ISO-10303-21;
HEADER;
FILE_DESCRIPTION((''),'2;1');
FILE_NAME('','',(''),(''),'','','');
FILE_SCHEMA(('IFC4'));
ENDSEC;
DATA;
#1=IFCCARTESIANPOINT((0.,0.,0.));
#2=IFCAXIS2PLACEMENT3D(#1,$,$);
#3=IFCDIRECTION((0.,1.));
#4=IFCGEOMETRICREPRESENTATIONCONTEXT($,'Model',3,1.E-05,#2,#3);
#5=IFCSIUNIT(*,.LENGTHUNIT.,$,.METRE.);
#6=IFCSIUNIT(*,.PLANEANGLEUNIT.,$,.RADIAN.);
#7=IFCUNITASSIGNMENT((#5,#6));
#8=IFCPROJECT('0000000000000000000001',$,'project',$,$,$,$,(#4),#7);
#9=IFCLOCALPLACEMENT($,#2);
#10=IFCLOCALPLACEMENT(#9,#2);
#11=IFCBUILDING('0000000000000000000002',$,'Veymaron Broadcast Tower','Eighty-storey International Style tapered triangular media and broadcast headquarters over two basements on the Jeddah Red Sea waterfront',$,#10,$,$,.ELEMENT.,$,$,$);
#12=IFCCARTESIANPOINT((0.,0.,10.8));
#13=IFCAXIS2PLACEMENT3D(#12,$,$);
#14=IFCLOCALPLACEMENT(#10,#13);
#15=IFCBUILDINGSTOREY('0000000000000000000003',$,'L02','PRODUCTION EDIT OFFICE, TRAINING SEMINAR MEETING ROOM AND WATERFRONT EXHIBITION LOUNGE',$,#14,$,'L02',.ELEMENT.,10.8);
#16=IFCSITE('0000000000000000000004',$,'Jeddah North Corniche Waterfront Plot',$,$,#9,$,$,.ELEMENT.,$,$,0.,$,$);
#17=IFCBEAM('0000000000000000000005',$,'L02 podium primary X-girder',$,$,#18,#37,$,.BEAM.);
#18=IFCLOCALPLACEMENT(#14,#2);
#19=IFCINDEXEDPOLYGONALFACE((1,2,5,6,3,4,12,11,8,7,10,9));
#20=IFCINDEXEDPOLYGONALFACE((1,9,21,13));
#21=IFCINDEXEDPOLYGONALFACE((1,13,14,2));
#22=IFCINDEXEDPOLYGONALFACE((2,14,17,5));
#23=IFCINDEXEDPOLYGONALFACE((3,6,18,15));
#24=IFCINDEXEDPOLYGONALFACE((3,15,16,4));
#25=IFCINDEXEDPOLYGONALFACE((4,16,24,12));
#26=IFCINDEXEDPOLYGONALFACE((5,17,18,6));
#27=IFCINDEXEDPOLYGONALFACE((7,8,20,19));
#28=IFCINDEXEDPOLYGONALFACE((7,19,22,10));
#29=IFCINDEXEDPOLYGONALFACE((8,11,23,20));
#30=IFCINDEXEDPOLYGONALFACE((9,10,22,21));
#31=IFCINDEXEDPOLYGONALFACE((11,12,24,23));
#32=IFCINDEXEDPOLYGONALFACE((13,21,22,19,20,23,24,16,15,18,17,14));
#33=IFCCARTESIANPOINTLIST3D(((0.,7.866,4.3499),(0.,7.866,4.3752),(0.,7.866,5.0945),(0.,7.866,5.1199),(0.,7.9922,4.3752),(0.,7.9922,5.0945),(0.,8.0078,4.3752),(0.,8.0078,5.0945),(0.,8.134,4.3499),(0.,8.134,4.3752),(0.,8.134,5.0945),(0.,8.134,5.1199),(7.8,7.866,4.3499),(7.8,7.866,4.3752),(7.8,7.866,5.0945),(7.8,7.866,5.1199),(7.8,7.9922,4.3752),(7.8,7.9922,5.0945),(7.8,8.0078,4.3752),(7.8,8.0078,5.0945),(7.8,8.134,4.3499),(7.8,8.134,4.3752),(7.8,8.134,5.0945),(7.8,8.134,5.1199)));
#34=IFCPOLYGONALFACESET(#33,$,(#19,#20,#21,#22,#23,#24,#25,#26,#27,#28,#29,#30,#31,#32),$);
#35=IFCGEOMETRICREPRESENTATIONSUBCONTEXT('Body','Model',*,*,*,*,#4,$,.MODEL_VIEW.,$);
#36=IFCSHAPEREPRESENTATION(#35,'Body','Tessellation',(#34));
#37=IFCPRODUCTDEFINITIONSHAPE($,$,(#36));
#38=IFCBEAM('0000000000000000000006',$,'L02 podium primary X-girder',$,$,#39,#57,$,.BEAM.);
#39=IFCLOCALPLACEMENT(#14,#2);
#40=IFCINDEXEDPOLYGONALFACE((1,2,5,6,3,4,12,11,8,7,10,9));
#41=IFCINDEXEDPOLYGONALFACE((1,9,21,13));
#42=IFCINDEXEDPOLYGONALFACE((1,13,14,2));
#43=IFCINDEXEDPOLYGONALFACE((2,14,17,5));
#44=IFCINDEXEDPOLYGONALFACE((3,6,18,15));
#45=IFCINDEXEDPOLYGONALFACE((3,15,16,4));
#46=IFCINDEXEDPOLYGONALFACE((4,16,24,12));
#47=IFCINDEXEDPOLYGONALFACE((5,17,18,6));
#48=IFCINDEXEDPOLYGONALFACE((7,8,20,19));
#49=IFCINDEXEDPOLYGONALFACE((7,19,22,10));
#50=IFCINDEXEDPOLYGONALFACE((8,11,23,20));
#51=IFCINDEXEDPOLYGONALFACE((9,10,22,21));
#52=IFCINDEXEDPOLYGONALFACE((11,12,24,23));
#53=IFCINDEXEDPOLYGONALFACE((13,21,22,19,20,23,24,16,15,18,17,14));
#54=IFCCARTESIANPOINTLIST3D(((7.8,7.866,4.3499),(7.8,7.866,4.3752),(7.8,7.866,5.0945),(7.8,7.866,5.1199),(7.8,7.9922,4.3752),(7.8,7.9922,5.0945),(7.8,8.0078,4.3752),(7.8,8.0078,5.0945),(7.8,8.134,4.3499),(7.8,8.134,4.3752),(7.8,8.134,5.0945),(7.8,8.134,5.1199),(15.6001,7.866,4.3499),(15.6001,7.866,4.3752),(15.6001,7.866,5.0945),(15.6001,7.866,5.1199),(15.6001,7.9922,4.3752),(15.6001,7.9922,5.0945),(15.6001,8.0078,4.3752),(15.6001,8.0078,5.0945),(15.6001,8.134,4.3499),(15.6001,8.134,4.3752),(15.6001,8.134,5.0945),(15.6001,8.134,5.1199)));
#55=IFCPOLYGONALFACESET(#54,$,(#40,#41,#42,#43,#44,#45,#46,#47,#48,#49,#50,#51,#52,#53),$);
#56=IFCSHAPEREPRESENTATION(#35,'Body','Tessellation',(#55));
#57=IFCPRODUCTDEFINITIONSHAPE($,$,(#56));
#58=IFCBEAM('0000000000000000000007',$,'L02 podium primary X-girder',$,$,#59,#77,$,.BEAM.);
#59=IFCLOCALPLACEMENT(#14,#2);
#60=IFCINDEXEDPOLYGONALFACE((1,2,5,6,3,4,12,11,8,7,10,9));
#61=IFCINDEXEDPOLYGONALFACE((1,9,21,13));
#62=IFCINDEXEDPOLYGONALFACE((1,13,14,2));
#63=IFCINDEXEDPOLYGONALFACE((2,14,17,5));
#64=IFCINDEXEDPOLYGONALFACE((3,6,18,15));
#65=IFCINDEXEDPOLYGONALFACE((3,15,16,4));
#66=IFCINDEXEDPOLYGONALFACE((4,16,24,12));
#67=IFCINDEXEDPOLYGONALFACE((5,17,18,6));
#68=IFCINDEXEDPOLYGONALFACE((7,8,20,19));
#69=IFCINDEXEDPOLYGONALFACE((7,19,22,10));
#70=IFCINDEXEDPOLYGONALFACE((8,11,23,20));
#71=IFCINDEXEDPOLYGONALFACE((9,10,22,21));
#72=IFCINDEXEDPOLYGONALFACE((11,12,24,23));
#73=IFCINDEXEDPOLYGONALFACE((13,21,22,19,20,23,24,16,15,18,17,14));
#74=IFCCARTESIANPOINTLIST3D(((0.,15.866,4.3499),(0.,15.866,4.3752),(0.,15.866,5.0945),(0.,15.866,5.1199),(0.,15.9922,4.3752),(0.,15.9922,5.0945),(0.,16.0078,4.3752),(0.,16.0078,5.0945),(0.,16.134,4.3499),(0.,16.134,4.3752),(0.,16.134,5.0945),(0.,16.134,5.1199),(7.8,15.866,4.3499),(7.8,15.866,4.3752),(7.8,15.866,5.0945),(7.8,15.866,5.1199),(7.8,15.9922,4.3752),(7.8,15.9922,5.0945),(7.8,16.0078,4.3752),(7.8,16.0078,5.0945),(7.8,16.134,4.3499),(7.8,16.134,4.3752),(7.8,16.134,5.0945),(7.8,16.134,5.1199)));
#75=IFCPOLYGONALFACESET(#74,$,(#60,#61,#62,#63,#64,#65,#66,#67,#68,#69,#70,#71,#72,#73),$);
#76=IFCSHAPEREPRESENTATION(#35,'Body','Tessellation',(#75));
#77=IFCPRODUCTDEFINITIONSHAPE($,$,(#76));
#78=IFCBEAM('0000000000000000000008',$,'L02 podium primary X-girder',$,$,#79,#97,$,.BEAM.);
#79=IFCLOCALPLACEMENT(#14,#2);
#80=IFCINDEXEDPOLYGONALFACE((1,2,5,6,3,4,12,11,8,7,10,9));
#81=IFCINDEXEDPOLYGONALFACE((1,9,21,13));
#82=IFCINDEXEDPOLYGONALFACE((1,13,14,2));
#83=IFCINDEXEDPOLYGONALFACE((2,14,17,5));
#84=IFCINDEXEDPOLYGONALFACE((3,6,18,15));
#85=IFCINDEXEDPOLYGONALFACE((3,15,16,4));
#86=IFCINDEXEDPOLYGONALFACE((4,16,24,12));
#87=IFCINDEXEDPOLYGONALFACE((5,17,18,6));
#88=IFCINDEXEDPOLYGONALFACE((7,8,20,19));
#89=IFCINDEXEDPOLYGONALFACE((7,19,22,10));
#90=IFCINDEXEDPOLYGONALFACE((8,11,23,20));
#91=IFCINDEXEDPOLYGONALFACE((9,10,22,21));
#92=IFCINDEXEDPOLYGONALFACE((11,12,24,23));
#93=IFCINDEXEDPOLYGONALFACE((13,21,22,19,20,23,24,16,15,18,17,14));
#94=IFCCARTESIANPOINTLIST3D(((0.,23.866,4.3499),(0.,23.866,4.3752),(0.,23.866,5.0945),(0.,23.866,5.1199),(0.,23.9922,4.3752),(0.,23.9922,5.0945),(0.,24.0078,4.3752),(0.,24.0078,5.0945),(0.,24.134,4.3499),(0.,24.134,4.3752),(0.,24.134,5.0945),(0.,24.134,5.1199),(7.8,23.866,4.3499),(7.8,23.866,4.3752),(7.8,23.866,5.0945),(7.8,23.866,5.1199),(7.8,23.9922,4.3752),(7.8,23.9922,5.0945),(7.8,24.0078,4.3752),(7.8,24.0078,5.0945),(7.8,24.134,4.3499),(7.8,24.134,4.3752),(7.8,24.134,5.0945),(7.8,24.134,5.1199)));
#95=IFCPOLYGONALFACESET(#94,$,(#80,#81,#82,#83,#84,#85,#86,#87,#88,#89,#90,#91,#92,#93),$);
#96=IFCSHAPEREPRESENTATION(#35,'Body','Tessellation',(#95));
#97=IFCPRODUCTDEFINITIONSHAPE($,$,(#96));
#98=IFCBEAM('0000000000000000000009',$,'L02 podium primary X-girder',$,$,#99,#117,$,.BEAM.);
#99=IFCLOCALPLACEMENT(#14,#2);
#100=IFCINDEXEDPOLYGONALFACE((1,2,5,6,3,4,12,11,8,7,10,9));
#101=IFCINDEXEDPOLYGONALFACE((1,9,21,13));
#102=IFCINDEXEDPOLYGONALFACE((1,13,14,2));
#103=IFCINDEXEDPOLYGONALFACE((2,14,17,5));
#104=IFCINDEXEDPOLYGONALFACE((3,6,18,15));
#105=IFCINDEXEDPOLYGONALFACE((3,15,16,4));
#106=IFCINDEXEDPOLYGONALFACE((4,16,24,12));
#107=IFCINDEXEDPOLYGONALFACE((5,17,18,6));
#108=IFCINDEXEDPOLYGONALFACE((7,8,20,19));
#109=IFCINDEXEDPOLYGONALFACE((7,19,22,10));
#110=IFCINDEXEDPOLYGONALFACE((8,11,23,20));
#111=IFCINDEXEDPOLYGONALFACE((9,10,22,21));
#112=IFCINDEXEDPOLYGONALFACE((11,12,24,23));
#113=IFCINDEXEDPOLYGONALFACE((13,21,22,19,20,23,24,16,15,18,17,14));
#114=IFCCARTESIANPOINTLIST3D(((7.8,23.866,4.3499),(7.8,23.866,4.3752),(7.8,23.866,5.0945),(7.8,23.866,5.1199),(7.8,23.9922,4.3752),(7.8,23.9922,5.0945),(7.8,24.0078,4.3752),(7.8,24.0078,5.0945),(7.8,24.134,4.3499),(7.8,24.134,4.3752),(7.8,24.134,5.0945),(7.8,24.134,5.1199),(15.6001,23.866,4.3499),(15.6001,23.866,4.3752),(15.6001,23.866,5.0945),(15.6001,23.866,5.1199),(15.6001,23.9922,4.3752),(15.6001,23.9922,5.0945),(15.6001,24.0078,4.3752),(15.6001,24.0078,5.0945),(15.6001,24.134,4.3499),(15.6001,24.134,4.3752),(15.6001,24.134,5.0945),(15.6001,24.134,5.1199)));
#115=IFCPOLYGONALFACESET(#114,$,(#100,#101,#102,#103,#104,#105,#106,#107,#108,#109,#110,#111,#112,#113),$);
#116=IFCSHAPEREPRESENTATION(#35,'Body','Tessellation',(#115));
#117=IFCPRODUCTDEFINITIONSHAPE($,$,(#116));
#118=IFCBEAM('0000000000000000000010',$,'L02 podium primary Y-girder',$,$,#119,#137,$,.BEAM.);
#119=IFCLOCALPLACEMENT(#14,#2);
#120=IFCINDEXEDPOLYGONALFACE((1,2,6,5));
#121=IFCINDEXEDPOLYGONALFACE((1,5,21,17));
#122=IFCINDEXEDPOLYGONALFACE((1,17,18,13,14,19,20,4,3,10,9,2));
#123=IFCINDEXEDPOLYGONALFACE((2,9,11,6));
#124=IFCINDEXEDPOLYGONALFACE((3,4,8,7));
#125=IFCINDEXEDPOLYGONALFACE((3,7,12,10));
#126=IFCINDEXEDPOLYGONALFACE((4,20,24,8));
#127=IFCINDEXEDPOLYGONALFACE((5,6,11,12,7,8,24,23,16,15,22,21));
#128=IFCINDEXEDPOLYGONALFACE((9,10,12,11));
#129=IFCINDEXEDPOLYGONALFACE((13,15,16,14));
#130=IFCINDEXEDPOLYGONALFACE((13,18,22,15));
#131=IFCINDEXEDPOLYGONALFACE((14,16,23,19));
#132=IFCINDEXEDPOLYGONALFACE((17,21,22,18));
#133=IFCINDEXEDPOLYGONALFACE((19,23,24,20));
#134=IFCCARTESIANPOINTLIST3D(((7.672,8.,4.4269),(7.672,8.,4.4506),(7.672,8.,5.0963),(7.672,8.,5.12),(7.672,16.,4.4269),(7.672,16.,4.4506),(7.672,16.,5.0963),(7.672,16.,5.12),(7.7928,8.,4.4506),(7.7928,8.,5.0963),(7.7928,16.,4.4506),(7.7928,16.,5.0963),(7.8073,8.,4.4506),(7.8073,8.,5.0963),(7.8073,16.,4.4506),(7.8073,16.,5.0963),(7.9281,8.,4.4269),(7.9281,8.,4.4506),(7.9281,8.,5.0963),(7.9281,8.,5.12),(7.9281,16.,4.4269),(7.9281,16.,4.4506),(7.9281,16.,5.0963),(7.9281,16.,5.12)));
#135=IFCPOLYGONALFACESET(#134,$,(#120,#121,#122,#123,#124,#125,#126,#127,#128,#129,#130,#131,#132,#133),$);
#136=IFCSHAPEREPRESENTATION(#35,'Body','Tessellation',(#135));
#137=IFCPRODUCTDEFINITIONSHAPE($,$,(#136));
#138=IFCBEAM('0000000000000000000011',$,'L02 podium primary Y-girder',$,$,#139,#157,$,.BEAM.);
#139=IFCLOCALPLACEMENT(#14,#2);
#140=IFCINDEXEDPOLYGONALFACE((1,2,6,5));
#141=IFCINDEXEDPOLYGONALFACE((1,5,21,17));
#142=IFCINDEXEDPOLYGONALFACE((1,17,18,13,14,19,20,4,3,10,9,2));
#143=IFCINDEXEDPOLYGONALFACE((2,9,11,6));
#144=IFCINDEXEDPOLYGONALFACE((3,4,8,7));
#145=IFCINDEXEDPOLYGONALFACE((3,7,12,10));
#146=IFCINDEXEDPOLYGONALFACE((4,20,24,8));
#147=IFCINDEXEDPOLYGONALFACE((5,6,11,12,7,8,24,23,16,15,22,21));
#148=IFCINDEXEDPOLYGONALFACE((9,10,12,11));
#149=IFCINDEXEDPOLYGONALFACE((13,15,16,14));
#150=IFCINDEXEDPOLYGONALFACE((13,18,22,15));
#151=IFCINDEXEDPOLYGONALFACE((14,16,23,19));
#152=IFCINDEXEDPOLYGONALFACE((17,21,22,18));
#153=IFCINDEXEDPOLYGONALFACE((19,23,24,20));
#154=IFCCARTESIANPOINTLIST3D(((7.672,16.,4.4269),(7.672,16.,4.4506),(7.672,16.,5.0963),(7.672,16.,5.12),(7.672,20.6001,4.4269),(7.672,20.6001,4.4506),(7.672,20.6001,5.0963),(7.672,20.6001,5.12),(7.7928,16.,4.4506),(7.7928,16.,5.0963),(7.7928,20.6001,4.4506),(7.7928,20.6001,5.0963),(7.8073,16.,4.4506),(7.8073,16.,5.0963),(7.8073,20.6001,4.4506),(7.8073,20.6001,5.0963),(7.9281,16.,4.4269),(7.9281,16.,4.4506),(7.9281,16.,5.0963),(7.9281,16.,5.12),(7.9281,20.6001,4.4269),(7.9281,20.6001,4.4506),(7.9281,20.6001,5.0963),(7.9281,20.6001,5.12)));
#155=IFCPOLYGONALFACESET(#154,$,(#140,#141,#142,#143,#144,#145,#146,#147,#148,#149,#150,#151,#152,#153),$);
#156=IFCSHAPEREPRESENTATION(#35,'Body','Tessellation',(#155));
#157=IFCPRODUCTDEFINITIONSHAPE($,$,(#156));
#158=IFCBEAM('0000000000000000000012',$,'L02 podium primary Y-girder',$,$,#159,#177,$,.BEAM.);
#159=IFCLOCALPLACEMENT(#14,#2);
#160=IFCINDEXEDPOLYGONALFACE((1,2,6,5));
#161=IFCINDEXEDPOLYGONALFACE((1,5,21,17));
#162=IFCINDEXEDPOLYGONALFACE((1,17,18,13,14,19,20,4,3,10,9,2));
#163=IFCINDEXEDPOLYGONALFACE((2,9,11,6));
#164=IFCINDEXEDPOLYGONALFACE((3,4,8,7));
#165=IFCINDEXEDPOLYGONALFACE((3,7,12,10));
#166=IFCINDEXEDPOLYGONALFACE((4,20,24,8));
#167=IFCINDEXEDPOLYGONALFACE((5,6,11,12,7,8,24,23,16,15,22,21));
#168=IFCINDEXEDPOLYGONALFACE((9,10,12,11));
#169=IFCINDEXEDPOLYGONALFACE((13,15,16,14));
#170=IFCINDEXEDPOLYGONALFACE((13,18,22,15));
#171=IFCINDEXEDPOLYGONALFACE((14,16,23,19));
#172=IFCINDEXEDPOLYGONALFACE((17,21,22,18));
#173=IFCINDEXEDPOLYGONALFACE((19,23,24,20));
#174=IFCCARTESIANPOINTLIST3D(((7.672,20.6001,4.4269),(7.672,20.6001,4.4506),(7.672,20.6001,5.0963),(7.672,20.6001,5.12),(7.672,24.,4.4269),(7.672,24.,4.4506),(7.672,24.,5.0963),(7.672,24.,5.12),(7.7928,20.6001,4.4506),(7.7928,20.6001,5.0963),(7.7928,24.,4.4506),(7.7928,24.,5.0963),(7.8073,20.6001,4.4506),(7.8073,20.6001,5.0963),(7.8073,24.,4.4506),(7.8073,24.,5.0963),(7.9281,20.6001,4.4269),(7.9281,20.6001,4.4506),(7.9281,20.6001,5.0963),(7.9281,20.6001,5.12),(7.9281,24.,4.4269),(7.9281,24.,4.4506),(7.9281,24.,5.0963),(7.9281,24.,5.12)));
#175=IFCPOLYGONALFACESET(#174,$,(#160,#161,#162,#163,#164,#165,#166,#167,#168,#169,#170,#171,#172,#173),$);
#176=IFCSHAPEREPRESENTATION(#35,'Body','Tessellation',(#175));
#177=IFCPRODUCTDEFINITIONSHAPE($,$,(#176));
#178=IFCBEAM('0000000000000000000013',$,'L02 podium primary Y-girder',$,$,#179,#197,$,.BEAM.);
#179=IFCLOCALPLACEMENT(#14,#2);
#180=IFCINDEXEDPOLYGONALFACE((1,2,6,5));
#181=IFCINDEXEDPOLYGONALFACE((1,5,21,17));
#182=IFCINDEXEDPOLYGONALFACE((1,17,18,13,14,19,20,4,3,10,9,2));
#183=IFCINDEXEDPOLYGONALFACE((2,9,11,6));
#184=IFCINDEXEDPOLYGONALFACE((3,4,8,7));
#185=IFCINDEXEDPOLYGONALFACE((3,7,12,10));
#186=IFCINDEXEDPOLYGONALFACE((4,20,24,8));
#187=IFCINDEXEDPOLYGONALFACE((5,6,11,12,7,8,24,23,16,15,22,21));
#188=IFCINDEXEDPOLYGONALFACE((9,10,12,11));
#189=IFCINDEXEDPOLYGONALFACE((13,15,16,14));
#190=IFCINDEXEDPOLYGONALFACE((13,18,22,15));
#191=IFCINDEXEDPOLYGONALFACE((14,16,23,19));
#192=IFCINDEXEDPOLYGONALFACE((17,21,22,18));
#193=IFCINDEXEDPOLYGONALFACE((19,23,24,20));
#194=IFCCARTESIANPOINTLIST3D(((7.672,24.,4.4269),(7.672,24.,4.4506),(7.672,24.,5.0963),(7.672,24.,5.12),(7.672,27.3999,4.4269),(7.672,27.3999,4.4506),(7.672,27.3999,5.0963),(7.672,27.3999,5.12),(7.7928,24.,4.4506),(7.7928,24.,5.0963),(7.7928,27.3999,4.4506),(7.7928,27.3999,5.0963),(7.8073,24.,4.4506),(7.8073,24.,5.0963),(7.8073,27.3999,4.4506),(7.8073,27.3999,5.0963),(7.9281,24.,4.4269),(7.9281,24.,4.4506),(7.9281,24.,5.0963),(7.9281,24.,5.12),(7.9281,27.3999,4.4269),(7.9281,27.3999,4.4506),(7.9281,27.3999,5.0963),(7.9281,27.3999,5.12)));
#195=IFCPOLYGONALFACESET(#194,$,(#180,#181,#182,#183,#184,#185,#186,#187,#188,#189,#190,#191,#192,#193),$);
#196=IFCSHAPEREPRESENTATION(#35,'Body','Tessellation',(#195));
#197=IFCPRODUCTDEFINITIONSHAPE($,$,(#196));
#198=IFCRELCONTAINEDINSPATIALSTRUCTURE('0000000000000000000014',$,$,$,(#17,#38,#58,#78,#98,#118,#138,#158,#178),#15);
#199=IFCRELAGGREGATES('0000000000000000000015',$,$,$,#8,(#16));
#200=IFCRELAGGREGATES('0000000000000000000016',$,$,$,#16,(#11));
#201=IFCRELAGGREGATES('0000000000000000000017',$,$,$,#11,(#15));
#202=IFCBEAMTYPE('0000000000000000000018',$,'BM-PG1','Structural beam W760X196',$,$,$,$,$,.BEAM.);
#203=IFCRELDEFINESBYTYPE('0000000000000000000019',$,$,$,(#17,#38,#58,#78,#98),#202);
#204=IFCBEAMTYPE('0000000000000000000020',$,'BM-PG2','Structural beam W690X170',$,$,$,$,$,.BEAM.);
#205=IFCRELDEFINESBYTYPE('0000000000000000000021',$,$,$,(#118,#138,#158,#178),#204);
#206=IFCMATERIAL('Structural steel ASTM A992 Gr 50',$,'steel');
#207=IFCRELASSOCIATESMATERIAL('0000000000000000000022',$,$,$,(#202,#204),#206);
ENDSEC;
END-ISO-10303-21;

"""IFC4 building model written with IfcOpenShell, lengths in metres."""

from ifc_helpers import new_model, si_unit, direction, frame, origin, origin_2d, place, context, subcontext, project, spatial, i_section, extrude, material, material_profile, profile_set, type_object, element, save


model = new_model("IFC4")

# Units and contexts
model_context = context("Model", 3, precision=1e-05, world=origin(), true_north=direction((0.0, 1.0)))
body_context = subcontext(model_context, "Body", "Model", "MODEL_VIEW")
ifc_project = project(units=[si_unit("LENGTHUNIT", "METRE"), si_unit("PLANEANGLEUNIT", "RADIAN")], contexts=[model_context])

# Site, building, storey
site_placement = place(None, origin())
site = spatial("IfcSite", under=ifc_project, at=site_placement, Name="Jeddah North Corniche Waterfront Plot", CompositionType="ELEMENT", RefElevation=0.0)
building_placement = place(site_placement, origin())
building = spatial("IfcBuilding", under=site, at=building_placement, Name="Veymaron Broadcast Tower", Description="Eighty-storey International Style tapered triangular media and broadcast headquarters over two basements on the Jeddah Red Sea waterfront", CompositionType="ELEMENT")
storey_placement = place(building_placement, frame((0.0, 0.0, 10.8)))
storey = spatial("IfcBuildingStorey", under=building, at=storey_placement, Name="L02", Description="PRODUCTION EDIT OFFICE, TRAINING SEMINAR MEETING ROOM AND WATERFRONT EXHIBITION LOUNGE", LongName="L02", CompositionType="ELEMENT", Elevation=10.8)

# Beams
ifc_material_1 = material(Name="Structural steel ASTM A992 Gr 50", Category="steel")
ifc_material_profile_1 = material_profile(ifc_material_1, i_section(OverallWidth=0.2681, OverallDepth=0.77, WebThickness=0.0156, FlangeThickness=0.0254, at=origin_2d()), Name="W760X196")
ifc_profile_set_1 = profile_set([ifc_material_profile_1], Name="Structural steel ASTM A992 Gr 50")
beam_type_1 = type_object("IfcBeamType", Name="BM-PG1", Description="Structural beam W760X196", PredefinedType="BEAM", material=ifc_profile_set_1)
for number, where, z_axis, x_axis, name in (
    (1, (0.0, 8.0, 4.7349), (1.0, 0.0, 0.0), (0.0, 1.0, 0.0), "L02 podium primary X-girder"),
    (2, (7.8, 8.0, 4.7349), (1.0, 0.0, 0.0), (0.0, 1.0, 0.0), "L02 podium primary X-girder"),
    (3, (0.0, 16.0, 4.7349), (1.0, 0.0, 0.0), (0.0, 1.0, 0.0), "L02 podium primary X-girder"),
    (4, (0.0, 24.0, 4.7349), (1.0, 0.0, 0.0), (0.0, 1.0, 0.0), "L02 podium primary X-girder"),
    (5, (7.8, 24.0, 4.7349), (1.0, 0.0, 0.0), (0.0, 1.0, 0.0), "L02 podium primary X-girder"),
):
    element("IfcBeam", number, at=place(storey_placement, frame(where, z_axis=z_axis, x_axis=x_axis)), inside=storey, type_object=beam_type_1, Name=name, PredefinedType="BEAM", context=body_context, shape_type="SweptSolid", body=[
        extrude(i_section(OverallWidth=0.2681, OverallDepth=0.77, WebThickness=0.0156, FlangeThickness=0.0254, at=origin_2d()), origin(), (0.0, 0.0, 1.0), 7.8),
    ])
ifc_material_profile_2 = material_profile(ifc_material_1, i_section(OverallWidth=0.2561, OverallDepth=0.6931, WebThickness=0.0144, FlangeThickness=0.0237, at=origin_2d()), Name="W690X170")
ifc_profile_set_2 = profile_set([ifc_material_profile_2], Name="Structural steel ASTM A992 Gr 50")
beam_type_2 = type_object("IfcBeamType", Name="BM-PG2", Description="Structural beam W690X170", PredefinedType="BEAM", material=ifc_profile_set_2)
beam_1_placement = place(storey_placement, frame((7.8, 8.0, 4.7734), z_axis=(0.0, 1.0, 0.0), x_axis=(-1.0, 0.0, 0.0)))
element("IfcBeam", 6, at=beam_1_placement, inside=storey, type_object=beam_type_2, Name="L02 podium primary Y-girder", PredefinedType="BEAM", context=body_context, shape_type="SweptSolid", body=[
    extrude(i_section(OverallWidth=0.2561, OverallDepth=0.6931, WebThickness=0.0144, FlangeThickness=0.0237, at=origin_2d()), origin(), (0.0, 0.0, 1.0), 8.0),
])
beam_2_placement = place(storey_placement, frame((7.8, 16.0, 4.7734), z_axis=(0.0, 1.0, 0.0), x_axis=(-1.0, 0.0, 0.0)))
element("IfcBeam", 7, at=beam_2_placement, inside=storey, type_object=beam_type_2, Name="L02 podium primary Y-girder", PredefinedType="BEAM", context=body_context, shape_type="SweptSolid", body=[
    extrude(i_section(OverallWidth=0.2561, OverallDepth=0.6931, WebThickness=0.0144, FlangeThickness=0.0237, at=origin_2d()), origin(), (0.0, 0.0, 1.0), 4.6001),
])
for number, where, z_axis, x_axis, name in (
    (8, (7.8, 20.6001, 4.7734), (0.0, 1.0, 0.0), (-1.0, 0.0, 0.0), "L02 podium primary Y-girder"),
    (9, (7.8, 24.0, 4.7734), (0.0, 1.0, 0.0), (-1.0, 0.0, 0.0), "L02 podium primary Y-girder"),
):
    element("IfcBeam", number, at=place(storey_placement, frame(where, z_axis=z_axis, x_axis=x_axis)), inside=storey, type_object=beam_type_2, Name=name, PredefinedType="BEAM", context=body_context, shape_type="SweptSolid", body=[
        extrude(i_section(OverallWidth=0.2561, OverallDepth=0.6931, WebThickness=0.0144, FlangeThickness=0.0237, at=origin_2d()), origin(), (0.0, 0.0, 1.0), 3.3999),
    ])

save(model, "model.ifc")
